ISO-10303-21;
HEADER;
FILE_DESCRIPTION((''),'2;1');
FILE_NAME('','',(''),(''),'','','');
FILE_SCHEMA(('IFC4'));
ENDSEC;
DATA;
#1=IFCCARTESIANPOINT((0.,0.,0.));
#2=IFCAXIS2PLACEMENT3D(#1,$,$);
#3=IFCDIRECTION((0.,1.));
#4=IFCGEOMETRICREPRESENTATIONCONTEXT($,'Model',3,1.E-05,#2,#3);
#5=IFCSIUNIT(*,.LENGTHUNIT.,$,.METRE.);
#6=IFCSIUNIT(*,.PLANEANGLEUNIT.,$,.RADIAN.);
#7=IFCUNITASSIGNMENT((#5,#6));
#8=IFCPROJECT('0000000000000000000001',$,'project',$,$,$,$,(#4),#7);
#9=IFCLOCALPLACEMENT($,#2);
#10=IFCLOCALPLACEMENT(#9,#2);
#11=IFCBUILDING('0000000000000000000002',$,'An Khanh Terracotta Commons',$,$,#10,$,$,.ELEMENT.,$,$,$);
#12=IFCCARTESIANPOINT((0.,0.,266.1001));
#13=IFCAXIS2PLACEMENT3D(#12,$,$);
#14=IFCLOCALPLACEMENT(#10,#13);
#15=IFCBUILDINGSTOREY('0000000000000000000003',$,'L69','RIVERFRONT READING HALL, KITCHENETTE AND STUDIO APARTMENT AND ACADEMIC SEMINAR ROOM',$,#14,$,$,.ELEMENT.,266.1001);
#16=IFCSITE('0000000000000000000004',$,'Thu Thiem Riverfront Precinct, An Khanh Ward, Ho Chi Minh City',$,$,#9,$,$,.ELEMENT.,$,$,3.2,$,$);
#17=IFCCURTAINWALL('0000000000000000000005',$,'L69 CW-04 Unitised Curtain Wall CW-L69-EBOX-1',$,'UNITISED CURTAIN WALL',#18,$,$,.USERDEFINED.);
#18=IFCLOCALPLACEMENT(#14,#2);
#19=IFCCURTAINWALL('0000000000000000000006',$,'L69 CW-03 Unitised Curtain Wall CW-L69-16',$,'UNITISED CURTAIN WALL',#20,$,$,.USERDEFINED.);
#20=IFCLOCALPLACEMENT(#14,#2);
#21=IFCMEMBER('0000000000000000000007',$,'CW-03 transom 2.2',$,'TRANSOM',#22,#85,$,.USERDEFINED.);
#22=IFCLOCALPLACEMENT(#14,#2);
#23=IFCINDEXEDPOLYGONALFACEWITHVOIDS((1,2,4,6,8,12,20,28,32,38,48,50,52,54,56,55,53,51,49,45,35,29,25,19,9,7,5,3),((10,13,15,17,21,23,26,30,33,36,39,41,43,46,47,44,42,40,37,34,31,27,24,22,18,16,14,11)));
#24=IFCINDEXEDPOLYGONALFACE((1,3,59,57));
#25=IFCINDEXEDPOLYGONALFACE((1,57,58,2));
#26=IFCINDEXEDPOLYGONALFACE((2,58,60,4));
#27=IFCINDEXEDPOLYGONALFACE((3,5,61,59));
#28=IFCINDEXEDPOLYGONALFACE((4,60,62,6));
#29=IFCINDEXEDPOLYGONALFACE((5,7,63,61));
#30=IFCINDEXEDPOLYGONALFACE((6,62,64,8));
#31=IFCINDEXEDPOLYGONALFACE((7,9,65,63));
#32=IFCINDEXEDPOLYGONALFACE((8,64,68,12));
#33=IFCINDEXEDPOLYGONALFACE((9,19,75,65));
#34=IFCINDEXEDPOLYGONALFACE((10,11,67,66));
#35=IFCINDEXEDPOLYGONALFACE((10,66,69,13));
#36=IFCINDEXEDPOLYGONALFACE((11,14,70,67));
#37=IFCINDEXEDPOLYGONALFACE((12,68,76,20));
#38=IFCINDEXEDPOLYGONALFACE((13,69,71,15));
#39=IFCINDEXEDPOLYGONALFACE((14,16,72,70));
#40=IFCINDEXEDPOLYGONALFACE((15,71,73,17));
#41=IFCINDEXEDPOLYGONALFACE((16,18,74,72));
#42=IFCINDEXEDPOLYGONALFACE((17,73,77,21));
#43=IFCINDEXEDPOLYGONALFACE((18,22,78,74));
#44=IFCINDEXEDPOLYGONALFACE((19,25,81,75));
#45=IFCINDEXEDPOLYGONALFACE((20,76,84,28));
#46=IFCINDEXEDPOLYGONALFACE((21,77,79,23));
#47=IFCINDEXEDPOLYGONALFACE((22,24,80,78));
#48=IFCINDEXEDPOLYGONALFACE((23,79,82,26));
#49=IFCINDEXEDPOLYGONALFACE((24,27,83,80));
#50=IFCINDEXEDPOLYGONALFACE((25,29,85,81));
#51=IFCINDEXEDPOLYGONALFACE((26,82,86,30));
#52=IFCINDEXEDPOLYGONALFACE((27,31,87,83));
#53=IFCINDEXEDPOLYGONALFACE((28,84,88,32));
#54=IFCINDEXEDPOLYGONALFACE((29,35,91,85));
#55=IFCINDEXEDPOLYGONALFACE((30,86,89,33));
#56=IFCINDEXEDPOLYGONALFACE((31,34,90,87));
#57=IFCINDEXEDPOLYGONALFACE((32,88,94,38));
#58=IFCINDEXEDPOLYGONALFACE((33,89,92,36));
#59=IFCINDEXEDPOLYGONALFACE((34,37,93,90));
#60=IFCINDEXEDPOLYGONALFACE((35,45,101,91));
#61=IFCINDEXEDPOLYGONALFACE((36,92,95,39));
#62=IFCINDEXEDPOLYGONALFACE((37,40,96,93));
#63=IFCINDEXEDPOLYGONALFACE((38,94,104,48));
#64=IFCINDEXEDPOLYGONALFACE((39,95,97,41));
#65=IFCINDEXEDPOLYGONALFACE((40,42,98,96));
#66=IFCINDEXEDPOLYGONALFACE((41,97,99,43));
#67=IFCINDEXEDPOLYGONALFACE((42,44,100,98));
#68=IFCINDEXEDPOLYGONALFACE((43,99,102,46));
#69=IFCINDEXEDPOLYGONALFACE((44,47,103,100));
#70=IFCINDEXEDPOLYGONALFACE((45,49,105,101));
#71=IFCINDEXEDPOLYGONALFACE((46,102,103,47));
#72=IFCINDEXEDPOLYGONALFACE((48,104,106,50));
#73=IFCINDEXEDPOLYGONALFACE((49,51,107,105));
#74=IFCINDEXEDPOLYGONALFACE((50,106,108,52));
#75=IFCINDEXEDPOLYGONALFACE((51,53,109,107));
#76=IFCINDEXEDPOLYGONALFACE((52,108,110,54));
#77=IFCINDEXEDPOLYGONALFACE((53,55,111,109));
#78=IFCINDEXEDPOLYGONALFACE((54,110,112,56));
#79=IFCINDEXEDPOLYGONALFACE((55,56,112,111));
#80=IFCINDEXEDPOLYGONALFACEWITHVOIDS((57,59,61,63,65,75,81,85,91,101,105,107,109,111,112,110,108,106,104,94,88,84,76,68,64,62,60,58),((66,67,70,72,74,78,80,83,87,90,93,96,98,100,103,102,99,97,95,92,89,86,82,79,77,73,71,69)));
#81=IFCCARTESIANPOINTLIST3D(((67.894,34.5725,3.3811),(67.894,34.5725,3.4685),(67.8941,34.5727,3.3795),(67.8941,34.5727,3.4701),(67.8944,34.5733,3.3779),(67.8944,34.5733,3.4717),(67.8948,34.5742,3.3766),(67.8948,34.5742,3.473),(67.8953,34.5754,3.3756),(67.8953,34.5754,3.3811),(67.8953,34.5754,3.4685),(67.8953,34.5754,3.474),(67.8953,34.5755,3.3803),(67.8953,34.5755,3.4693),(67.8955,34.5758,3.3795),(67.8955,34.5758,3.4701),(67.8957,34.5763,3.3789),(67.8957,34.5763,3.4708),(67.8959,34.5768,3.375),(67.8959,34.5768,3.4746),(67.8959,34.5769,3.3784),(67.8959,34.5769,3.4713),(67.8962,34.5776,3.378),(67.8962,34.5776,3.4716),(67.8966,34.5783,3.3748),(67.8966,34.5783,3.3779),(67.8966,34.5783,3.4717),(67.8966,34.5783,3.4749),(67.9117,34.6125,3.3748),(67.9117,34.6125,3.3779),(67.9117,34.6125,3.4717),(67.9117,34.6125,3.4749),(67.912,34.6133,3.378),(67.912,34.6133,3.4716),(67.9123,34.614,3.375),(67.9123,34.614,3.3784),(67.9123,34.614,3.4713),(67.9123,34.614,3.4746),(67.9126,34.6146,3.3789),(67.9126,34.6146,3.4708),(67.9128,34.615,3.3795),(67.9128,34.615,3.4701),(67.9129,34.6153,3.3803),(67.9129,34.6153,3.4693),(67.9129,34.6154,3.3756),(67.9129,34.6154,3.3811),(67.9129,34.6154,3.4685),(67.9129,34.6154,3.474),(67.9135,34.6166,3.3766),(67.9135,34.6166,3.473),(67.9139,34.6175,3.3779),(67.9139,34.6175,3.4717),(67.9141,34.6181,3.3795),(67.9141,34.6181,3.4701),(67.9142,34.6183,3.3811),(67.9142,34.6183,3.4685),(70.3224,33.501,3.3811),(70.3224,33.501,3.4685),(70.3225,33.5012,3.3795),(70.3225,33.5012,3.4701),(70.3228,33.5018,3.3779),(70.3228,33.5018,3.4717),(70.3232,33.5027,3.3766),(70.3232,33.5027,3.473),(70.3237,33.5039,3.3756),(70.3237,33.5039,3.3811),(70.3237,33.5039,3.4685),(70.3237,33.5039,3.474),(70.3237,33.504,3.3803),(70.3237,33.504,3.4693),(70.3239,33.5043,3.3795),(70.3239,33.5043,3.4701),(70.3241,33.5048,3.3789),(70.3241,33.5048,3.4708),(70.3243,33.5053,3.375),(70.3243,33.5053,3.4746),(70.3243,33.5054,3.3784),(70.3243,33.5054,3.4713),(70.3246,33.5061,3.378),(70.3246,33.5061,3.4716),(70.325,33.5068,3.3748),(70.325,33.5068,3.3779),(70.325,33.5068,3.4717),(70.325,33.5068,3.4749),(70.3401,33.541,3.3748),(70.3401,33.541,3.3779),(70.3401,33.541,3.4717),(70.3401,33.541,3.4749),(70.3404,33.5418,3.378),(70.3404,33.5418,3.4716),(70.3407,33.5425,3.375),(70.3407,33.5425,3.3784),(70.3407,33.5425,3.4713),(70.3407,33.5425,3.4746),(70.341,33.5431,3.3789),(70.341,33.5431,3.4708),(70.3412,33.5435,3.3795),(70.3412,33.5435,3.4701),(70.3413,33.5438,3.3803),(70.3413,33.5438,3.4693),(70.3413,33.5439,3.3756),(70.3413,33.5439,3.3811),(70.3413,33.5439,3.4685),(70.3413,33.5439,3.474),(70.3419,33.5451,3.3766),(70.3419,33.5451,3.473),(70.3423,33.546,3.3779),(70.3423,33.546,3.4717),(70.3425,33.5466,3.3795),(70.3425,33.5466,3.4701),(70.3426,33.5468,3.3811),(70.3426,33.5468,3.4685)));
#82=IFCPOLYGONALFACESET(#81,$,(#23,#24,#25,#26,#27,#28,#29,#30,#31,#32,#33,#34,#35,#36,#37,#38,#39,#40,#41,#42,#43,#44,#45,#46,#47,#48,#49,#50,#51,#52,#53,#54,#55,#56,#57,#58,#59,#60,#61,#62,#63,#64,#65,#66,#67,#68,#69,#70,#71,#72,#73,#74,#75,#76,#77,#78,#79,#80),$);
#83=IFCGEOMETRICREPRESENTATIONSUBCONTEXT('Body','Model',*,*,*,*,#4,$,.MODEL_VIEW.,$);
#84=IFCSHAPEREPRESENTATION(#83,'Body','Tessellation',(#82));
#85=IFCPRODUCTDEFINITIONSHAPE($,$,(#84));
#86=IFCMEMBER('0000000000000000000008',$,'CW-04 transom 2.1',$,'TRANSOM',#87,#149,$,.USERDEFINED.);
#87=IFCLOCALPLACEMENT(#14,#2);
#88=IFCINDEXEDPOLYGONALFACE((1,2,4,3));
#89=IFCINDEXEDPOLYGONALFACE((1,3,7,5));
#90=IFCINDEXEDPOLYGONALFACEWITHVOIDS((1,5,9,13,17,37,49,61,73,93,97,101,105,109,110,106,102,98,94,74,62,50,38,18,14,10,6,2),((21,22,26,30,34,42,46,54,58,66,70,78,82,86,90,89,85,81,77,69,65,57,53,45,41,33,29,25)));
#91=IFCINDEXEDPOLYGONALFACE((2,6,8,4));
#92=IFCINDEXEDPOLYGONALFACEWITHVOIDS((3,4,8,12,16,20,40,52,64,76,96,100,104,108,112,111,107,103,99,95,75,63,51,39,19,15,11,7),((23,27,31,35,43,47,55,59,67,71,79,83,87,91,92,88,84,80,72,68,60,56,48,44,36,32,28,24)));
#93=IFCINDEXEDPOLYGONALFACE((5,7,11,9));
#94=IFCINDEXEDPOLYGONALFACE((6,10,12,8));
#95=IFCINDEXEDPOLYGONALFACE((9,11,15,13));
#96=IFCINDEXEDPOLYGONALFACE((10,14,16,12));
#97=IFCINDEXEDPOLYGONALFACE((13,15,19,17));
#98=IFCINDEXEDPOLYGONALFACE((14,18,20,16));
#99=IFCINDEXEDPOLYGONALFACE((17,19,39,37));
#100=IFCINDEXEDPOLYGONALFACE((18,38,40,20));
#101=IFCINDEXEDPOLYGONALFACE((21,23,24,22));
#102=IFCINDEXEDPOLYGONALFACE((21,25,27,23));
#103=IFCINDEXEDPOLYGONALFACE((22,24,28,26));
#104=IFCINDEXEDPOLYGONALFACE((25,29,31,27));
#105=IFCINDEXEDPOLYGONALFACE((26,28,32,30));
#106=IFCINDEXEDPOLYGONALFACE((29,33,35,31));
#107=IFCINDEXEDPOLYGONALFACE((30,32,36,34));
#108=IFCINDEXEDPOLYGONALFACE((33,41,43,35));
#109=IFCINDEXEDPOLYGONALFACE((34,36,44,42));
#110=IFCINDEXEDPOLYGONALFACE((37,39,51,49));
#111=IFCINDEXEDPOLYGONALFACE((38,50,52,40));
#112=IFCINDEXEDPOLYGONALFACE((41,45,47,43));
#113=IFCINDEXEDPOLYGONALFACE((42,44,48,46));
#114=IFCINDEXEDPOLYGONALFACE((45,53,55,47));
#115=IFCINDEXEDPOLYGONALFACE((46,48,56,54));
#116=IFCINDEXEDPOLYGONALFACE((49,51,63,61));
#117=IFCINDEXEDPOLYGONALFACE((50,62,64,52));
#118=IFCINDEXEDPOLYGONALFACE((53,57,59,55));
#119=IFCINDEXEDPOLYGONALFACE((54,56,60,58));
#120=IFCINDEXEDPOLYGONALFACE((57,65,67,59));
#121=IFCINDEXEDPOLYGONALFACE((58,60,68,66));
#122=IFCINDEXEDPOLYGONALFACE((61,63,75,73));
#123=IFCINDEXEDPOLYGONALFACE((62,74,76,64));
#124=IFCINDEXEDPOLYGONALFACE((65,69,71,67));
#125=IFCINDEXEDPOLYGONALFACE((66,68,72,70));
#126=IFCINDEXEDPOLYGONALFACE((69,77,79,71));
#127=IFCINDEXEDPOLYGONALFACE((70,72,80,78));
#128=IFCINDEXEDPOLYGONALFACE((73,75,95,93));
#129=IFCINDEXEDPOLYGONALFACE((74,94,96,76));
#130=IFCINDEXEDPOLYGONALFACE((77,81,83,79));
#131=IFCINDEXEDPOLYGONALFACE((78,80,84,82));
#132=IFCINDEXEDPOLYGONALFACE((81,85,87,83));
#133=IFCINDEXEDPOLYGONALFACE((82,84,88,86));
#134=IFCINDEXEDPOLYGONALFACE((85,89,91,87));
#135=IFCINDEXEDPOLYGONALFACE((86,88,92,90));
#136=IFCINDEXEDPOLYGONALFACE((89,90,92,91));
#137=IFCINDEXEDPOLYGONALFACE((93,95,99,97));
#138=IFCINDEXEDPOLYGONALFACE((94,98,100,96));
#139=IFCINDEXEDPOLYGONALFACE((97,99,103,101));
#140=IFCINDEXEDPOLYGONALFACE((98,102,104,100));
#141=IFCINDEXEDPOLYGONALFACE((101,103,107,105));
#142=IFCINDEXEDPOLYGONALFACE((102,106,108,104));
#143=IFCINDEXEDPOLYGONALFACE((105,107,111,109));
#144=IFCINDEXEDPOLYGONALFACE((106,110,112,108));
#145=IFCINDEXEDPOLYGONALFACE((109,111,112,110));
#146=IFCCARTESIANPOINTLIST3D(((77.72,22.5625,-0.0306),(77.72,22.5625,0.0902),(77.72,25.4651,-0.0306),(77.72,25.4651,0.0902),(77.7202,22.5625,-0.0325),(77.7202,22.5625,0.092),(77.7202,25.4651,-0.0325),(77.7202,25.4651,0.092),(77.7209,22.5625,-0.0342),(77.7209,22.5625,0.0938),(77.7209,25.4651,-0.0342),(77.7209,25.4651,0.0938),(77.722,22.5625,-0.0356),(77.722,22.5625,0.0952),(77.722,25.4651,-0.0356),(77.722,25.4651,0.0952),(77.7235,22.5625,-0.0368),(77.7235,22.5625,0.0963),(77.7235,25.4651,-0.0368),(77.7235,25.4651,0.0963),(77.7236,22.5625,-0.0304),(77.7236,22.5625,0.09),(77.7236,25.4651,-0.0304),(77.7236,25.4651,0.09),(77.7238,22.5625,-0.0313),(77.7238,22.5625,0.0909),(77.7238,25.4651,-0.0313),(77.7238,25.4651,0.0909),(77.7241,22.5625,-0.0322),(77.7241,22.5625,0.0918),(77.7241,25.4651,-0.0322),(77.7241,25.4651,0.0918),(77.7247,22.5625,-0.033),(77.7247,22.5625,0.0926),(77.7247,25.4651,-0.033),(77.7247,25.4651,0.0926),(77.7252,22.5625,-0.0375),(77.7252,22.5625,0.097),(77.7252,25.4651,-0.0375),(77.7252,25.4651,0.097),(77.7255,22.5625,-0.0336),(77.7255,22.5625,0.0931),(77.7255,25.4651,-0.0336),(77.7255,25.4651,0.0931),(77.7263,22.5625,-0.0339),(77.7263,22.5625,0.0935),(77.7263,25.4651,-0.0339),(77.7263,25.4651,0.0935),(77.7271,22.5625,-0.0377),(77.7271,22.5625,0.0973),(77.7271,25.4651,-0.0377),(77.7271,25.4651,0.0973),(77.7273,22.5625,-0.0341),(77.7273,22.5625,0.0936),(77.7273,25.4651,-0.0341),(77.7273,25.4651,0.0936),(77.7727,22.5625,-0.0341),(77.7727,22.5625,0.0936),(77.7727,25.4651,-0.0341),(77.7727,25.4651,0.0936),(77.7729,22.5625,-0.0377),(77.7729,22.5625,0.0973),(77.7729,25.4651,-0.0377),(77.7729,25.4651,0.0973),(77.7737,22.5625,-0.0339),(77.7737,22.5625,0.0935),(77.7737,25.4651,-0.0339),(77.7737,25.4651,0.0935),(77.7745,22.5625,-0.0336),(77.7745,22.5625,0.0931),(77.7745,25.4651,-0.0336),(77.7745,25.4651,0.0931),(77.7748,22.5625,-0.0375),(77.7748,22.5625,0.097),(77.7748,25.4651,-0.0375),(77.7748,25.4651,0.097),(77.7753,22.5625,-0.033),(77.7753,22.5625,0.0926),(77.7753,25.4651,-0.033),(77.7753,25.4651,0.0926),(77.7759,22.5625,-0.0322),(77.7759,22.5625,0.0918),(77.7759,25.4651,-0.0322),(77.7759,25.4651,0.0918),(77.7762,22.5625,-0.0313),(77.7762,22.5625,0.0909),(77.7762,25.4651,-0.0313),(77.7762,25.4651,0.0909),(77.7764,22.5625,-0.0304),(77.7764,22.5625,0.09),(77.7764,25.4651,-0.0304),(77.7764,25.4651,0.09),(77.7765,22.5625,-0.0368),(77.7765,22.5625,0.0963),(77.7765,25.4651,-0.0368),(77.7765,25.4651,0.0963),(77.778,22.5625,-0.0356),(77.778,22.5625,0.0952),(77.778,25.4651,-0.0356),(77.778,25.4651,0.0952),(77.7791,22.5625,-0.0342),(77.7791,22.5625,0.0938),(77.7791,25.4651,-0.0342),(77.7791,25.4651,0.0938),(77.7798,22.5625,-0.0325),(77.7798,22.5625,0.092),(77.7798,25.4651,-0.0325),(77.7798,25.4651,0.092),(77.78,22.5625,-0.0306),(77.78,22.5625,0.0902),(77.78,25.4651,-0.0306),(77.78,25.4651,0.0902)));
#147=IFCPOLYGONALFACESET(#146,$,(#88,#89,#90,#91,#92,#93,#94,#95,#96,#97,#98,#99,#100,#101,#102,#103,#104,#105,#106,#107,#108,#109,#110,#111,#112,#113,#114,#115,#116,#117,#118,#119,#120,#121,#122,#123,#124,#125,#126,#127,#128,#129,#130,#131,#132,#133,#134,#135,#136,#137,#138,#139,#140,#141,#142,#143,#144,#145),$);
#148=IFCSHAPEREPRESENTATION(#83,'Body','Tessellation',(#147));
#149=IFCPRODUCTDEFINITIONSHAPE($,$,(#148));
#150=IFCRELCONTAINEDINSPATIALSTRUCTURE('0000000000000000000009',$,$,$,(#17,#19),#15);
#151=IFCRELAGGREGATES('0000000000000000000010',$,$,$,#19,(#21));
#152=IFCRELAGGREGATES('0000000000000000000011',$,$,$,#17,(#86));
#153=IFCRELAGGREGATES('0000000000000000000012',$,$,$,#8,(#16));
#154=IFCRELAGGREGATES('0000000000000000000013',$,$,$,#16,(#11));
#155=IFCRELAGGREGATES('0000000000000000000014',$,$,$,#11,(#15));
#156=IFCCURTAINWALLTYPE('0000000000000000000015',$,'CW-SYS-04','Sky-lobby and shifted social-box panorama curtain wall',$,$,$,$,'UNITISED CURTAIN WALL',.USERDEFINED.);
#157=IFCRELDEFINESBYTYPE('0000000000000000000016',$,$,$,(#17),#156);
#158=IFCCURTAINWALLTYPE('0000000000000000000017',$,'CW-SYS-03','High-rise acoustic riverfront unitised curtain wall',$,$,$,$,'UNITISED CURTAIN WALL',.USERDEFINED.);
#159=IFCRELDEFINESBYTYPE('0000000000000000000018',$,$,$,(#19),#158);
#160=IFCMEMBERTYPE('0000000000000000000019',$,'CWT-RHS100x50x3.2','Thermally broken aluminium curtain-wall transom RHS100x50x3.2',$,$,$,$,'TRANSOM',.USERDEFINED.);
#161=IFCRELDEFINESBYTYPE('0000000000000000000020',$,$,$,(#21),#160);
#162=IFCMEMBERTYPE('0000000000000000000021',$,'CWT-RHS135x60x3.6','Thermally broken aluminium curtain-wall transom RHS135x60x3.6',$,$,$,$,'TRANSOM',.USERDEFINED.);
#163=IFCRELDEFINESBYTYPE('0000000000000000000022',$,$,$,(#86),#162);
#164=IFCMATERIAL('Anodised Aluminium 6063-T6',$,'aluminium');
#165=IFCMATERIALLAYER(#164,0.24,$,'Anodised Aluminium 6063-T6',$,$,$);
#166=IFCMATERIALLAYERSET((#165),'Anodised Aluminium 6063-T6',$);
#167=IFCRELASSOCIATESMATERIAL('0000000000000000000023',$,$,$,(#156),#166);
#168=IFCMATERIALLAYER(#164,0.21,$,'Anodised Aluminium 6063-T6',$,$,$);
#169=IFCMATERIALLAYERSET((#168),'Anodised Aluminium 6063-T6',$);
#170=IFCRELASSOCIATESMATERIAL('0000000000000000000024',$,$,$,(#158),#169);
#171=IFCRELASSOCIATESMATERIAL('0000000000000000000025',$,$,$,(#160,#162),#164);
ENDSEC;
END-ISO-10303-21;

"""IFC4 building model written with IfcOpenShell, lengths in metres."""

from ifc_helpers import new_model, si_unit, direction, frame, origin, origin_2d, place, context, subcontext, project, spatial, hollow_rectangle, extrude, material, layer, layer_set, material_profile, profile_set, type_object, element, aggregate, save


model = new_model("IFC4")

# Units and contexts
model_context = context("Model", 3, precision=1e-05, world=origin(), true_north=direction((0.0, 1.0)))
body_context = subcontext(model_context, "Body", "Model", "MODEL_VIEW")
ifc_project = project(units=[si_unit("LENGTHUNIT", "METRE"), si_unit("PLANEANGLEUNIT", "RADIAN")], contexts=[model_context])

# Site, building, storey
site_placement = place(None, origin())
site = spatial("IfcSite", under=ifc_project, at=site_placement, Name="Thu Thiem Riverfront Precinct, An Khanh Ward, Ho Chi Minh City", CompositionType="ELEMENT", RefElevation=3.2)
building_placement = place(site_placement, origin())
building = spatial("IfcBuilding", under=site, at=building_placement, Name="An Khanh Terracotta Commons", CompositionType="ELEMENT")
storey_placement = place(building_placement, frame((0.0, 0.0, 266.1001)))
storey = spatial("IfcBuildingStorey", under=building, at=storey_placement, Name="L69", Description="RIVERFRONT READING HALL, KITCHENETTE AND STUDIO APARTMENT AND ACADEMIC SEMINAR ROOM", CompositionType="ELEMENT", Elevation=266.1001)

# Curtain wall
ifc_material_1 = material(Name="Anodised Aluminium 6063-T6", Category="aluminium")
ifc_layer_1 = layer(ifc_material_1, 0.24, Name="Anodised Aluminium 6063-T6")
ifc_layer_set_1 = layer_set([ifc_layer_1], Name="Anodised Aluminium 6063-T6")
curtain_wall_type_1 = type_object("IfcCurtainWallType", Name="CW-SYS-04", Description="Sky-lobby and shifted social-box panorama curtain wall", ElementType="UNITISED CURTAIN WALL", PredefinedType="USERDEFINED", material=ifc_layer_set_1)
curtain_wall_1_placement = place(storey_placement, origin())
curtain_wall_1 = element("IfcCurtainWall", 1, at=curtain_wall_1_placement, inside=storey, type_object=curtain_wall_type_1, Name="L69 CW-04 Unitised Curtain Wall CW-L69-EBOX-1", ObjectType="UNITISED CURTAIN WALL", PredefinedType="USERDEFINED")

# Curtain wall, member
ifc_layer_2 = layer(ifc_material_1, 0.21, Name="Anodised Aluminium 6063-T6")
ifc_layer_set_2 = layer_set([ifc_layer_2], Name="Anodised Aluminium 6063-T6")
curtain_wall_type_2 = type_object("IfcCurtainWallType", Name="CW-SYS-03", Description="High-rise acoustic riverfront unitised curtain wall", ElementType="UNITISED CURTAIN WALL", PredefinedType="USERDEFINED", material=ifc_layer_set_2)
curtain_wall_2_placement = place(storey_placement, origin())
curtain_wall_2 = element("IfcCurtainWall", 2, at=curtain_wall_2_placement, inside=storey, type_object=curtain_wall_type_2, Name="L69 CW-03 Unitised Curtain Wall CW-L69-16", ObjectType="UNITISED CURTAIN WALL", PredefinedType="USERDEFINED")
ifc_material_profile_1 = material_profile(ifc_material_1, hollow_rectangle(XDim=0.05, YDim=0.1001, WallThickness=0.0032, InnerFilletRadius=0.0032, OuterFilletRadius=0.0063, at=origin_2d()), Name="RHS100x50x3.2")
ifc_profile_set_1 = profile_set([ifc_material_profile_1], Name="Anodised Aluminium 6063-T6")
member_type_1 = type_object("IfcMemberType", Name="CWT-RHS100x50x3.2", Description="Thermally broken aluminium curtain-wall transom RHS100x50x3.2", ElementType="TRANSOM", PredefinedType="USERDEFINED", material=ifc_profile_set_1)
member_1_placement = place(storey_placement, frame((70.3325, 33.5239, 3.4248), z_axis=(-0.914897, 0.403688, 0.0), x_axis=(-0.403688, -0.914897, 0.0)))
member_1 = element("IfcMember", 3, at=member_1_placement, type_object=member_type_1, Name="CW-03 transom 2.2", ObjectType="TRANSOM", PredefinedType="USERDEFINED", context=body_context, shape_type="SweptSolid", body=[
    extrude(hollow_rectangle(XDim=0.05, YDim=0.1001, WallThickness=0.0032, InnerFilletRadius=0.0032, OuterFilletRadius=0.0063, at=origin_2d()), origin(), (0.0, 0.0, 1.0), 2.6543),
])

# Member
ifc_material_profile_2 = material_profile(ifc_material_1, hollow_rectangle(XDim=0.0601, YDim=0.135, WallThickness=0.0037, InnerFilletRadius=0.0037, OuterFilletRadius=0.0071, at=origin_2d()), Name="RHS135x60x3.6")
ifc_profile_set_2 = profile_set([ifc_material_profile_2], Name="Anodised Aluminium 6063-T6")
member_type_2 = type_object("IfcMemberType", Name="CWT-RHS135x60x3.6", Description="Thermally broken aluminium curtain-wall transom RHS135x60x3.6", ElementType="TRANSOM", PredefinedType="USERDEFINED", material=ifc_profile_set_2)
member_2_placement = place(storey_placement, frame((77.75, 22.5625, 0.0298), z_axis=(0.0, 1.0, 0.0), x_axis=(-1.0, 0.0, 0.0)))
member_2 = element("IfcMember", 4, at=member_2_placement, type_object=member_type_2, Name="CW-04 transom 2.1", ObjectType="TRANSOM", PredefinedType="USERDEFINED", context=body_context, shape_type="SweptSolid", body=[
    extrude(hollow_rectangle(XDim=0.0601, YDim=0.135, WallThickness=0.0037, InnerFilletRadius=0.0037, OuterFilletRadius=0.0071, at=origin_2d()), origin(), (0.0, 0.0, 1.0), 2.9026),
])

aggregate(curtain_wall_2, [member_1])
aggregate(curtain_wall_1, [member_2])

save(model, "model.ifc")
